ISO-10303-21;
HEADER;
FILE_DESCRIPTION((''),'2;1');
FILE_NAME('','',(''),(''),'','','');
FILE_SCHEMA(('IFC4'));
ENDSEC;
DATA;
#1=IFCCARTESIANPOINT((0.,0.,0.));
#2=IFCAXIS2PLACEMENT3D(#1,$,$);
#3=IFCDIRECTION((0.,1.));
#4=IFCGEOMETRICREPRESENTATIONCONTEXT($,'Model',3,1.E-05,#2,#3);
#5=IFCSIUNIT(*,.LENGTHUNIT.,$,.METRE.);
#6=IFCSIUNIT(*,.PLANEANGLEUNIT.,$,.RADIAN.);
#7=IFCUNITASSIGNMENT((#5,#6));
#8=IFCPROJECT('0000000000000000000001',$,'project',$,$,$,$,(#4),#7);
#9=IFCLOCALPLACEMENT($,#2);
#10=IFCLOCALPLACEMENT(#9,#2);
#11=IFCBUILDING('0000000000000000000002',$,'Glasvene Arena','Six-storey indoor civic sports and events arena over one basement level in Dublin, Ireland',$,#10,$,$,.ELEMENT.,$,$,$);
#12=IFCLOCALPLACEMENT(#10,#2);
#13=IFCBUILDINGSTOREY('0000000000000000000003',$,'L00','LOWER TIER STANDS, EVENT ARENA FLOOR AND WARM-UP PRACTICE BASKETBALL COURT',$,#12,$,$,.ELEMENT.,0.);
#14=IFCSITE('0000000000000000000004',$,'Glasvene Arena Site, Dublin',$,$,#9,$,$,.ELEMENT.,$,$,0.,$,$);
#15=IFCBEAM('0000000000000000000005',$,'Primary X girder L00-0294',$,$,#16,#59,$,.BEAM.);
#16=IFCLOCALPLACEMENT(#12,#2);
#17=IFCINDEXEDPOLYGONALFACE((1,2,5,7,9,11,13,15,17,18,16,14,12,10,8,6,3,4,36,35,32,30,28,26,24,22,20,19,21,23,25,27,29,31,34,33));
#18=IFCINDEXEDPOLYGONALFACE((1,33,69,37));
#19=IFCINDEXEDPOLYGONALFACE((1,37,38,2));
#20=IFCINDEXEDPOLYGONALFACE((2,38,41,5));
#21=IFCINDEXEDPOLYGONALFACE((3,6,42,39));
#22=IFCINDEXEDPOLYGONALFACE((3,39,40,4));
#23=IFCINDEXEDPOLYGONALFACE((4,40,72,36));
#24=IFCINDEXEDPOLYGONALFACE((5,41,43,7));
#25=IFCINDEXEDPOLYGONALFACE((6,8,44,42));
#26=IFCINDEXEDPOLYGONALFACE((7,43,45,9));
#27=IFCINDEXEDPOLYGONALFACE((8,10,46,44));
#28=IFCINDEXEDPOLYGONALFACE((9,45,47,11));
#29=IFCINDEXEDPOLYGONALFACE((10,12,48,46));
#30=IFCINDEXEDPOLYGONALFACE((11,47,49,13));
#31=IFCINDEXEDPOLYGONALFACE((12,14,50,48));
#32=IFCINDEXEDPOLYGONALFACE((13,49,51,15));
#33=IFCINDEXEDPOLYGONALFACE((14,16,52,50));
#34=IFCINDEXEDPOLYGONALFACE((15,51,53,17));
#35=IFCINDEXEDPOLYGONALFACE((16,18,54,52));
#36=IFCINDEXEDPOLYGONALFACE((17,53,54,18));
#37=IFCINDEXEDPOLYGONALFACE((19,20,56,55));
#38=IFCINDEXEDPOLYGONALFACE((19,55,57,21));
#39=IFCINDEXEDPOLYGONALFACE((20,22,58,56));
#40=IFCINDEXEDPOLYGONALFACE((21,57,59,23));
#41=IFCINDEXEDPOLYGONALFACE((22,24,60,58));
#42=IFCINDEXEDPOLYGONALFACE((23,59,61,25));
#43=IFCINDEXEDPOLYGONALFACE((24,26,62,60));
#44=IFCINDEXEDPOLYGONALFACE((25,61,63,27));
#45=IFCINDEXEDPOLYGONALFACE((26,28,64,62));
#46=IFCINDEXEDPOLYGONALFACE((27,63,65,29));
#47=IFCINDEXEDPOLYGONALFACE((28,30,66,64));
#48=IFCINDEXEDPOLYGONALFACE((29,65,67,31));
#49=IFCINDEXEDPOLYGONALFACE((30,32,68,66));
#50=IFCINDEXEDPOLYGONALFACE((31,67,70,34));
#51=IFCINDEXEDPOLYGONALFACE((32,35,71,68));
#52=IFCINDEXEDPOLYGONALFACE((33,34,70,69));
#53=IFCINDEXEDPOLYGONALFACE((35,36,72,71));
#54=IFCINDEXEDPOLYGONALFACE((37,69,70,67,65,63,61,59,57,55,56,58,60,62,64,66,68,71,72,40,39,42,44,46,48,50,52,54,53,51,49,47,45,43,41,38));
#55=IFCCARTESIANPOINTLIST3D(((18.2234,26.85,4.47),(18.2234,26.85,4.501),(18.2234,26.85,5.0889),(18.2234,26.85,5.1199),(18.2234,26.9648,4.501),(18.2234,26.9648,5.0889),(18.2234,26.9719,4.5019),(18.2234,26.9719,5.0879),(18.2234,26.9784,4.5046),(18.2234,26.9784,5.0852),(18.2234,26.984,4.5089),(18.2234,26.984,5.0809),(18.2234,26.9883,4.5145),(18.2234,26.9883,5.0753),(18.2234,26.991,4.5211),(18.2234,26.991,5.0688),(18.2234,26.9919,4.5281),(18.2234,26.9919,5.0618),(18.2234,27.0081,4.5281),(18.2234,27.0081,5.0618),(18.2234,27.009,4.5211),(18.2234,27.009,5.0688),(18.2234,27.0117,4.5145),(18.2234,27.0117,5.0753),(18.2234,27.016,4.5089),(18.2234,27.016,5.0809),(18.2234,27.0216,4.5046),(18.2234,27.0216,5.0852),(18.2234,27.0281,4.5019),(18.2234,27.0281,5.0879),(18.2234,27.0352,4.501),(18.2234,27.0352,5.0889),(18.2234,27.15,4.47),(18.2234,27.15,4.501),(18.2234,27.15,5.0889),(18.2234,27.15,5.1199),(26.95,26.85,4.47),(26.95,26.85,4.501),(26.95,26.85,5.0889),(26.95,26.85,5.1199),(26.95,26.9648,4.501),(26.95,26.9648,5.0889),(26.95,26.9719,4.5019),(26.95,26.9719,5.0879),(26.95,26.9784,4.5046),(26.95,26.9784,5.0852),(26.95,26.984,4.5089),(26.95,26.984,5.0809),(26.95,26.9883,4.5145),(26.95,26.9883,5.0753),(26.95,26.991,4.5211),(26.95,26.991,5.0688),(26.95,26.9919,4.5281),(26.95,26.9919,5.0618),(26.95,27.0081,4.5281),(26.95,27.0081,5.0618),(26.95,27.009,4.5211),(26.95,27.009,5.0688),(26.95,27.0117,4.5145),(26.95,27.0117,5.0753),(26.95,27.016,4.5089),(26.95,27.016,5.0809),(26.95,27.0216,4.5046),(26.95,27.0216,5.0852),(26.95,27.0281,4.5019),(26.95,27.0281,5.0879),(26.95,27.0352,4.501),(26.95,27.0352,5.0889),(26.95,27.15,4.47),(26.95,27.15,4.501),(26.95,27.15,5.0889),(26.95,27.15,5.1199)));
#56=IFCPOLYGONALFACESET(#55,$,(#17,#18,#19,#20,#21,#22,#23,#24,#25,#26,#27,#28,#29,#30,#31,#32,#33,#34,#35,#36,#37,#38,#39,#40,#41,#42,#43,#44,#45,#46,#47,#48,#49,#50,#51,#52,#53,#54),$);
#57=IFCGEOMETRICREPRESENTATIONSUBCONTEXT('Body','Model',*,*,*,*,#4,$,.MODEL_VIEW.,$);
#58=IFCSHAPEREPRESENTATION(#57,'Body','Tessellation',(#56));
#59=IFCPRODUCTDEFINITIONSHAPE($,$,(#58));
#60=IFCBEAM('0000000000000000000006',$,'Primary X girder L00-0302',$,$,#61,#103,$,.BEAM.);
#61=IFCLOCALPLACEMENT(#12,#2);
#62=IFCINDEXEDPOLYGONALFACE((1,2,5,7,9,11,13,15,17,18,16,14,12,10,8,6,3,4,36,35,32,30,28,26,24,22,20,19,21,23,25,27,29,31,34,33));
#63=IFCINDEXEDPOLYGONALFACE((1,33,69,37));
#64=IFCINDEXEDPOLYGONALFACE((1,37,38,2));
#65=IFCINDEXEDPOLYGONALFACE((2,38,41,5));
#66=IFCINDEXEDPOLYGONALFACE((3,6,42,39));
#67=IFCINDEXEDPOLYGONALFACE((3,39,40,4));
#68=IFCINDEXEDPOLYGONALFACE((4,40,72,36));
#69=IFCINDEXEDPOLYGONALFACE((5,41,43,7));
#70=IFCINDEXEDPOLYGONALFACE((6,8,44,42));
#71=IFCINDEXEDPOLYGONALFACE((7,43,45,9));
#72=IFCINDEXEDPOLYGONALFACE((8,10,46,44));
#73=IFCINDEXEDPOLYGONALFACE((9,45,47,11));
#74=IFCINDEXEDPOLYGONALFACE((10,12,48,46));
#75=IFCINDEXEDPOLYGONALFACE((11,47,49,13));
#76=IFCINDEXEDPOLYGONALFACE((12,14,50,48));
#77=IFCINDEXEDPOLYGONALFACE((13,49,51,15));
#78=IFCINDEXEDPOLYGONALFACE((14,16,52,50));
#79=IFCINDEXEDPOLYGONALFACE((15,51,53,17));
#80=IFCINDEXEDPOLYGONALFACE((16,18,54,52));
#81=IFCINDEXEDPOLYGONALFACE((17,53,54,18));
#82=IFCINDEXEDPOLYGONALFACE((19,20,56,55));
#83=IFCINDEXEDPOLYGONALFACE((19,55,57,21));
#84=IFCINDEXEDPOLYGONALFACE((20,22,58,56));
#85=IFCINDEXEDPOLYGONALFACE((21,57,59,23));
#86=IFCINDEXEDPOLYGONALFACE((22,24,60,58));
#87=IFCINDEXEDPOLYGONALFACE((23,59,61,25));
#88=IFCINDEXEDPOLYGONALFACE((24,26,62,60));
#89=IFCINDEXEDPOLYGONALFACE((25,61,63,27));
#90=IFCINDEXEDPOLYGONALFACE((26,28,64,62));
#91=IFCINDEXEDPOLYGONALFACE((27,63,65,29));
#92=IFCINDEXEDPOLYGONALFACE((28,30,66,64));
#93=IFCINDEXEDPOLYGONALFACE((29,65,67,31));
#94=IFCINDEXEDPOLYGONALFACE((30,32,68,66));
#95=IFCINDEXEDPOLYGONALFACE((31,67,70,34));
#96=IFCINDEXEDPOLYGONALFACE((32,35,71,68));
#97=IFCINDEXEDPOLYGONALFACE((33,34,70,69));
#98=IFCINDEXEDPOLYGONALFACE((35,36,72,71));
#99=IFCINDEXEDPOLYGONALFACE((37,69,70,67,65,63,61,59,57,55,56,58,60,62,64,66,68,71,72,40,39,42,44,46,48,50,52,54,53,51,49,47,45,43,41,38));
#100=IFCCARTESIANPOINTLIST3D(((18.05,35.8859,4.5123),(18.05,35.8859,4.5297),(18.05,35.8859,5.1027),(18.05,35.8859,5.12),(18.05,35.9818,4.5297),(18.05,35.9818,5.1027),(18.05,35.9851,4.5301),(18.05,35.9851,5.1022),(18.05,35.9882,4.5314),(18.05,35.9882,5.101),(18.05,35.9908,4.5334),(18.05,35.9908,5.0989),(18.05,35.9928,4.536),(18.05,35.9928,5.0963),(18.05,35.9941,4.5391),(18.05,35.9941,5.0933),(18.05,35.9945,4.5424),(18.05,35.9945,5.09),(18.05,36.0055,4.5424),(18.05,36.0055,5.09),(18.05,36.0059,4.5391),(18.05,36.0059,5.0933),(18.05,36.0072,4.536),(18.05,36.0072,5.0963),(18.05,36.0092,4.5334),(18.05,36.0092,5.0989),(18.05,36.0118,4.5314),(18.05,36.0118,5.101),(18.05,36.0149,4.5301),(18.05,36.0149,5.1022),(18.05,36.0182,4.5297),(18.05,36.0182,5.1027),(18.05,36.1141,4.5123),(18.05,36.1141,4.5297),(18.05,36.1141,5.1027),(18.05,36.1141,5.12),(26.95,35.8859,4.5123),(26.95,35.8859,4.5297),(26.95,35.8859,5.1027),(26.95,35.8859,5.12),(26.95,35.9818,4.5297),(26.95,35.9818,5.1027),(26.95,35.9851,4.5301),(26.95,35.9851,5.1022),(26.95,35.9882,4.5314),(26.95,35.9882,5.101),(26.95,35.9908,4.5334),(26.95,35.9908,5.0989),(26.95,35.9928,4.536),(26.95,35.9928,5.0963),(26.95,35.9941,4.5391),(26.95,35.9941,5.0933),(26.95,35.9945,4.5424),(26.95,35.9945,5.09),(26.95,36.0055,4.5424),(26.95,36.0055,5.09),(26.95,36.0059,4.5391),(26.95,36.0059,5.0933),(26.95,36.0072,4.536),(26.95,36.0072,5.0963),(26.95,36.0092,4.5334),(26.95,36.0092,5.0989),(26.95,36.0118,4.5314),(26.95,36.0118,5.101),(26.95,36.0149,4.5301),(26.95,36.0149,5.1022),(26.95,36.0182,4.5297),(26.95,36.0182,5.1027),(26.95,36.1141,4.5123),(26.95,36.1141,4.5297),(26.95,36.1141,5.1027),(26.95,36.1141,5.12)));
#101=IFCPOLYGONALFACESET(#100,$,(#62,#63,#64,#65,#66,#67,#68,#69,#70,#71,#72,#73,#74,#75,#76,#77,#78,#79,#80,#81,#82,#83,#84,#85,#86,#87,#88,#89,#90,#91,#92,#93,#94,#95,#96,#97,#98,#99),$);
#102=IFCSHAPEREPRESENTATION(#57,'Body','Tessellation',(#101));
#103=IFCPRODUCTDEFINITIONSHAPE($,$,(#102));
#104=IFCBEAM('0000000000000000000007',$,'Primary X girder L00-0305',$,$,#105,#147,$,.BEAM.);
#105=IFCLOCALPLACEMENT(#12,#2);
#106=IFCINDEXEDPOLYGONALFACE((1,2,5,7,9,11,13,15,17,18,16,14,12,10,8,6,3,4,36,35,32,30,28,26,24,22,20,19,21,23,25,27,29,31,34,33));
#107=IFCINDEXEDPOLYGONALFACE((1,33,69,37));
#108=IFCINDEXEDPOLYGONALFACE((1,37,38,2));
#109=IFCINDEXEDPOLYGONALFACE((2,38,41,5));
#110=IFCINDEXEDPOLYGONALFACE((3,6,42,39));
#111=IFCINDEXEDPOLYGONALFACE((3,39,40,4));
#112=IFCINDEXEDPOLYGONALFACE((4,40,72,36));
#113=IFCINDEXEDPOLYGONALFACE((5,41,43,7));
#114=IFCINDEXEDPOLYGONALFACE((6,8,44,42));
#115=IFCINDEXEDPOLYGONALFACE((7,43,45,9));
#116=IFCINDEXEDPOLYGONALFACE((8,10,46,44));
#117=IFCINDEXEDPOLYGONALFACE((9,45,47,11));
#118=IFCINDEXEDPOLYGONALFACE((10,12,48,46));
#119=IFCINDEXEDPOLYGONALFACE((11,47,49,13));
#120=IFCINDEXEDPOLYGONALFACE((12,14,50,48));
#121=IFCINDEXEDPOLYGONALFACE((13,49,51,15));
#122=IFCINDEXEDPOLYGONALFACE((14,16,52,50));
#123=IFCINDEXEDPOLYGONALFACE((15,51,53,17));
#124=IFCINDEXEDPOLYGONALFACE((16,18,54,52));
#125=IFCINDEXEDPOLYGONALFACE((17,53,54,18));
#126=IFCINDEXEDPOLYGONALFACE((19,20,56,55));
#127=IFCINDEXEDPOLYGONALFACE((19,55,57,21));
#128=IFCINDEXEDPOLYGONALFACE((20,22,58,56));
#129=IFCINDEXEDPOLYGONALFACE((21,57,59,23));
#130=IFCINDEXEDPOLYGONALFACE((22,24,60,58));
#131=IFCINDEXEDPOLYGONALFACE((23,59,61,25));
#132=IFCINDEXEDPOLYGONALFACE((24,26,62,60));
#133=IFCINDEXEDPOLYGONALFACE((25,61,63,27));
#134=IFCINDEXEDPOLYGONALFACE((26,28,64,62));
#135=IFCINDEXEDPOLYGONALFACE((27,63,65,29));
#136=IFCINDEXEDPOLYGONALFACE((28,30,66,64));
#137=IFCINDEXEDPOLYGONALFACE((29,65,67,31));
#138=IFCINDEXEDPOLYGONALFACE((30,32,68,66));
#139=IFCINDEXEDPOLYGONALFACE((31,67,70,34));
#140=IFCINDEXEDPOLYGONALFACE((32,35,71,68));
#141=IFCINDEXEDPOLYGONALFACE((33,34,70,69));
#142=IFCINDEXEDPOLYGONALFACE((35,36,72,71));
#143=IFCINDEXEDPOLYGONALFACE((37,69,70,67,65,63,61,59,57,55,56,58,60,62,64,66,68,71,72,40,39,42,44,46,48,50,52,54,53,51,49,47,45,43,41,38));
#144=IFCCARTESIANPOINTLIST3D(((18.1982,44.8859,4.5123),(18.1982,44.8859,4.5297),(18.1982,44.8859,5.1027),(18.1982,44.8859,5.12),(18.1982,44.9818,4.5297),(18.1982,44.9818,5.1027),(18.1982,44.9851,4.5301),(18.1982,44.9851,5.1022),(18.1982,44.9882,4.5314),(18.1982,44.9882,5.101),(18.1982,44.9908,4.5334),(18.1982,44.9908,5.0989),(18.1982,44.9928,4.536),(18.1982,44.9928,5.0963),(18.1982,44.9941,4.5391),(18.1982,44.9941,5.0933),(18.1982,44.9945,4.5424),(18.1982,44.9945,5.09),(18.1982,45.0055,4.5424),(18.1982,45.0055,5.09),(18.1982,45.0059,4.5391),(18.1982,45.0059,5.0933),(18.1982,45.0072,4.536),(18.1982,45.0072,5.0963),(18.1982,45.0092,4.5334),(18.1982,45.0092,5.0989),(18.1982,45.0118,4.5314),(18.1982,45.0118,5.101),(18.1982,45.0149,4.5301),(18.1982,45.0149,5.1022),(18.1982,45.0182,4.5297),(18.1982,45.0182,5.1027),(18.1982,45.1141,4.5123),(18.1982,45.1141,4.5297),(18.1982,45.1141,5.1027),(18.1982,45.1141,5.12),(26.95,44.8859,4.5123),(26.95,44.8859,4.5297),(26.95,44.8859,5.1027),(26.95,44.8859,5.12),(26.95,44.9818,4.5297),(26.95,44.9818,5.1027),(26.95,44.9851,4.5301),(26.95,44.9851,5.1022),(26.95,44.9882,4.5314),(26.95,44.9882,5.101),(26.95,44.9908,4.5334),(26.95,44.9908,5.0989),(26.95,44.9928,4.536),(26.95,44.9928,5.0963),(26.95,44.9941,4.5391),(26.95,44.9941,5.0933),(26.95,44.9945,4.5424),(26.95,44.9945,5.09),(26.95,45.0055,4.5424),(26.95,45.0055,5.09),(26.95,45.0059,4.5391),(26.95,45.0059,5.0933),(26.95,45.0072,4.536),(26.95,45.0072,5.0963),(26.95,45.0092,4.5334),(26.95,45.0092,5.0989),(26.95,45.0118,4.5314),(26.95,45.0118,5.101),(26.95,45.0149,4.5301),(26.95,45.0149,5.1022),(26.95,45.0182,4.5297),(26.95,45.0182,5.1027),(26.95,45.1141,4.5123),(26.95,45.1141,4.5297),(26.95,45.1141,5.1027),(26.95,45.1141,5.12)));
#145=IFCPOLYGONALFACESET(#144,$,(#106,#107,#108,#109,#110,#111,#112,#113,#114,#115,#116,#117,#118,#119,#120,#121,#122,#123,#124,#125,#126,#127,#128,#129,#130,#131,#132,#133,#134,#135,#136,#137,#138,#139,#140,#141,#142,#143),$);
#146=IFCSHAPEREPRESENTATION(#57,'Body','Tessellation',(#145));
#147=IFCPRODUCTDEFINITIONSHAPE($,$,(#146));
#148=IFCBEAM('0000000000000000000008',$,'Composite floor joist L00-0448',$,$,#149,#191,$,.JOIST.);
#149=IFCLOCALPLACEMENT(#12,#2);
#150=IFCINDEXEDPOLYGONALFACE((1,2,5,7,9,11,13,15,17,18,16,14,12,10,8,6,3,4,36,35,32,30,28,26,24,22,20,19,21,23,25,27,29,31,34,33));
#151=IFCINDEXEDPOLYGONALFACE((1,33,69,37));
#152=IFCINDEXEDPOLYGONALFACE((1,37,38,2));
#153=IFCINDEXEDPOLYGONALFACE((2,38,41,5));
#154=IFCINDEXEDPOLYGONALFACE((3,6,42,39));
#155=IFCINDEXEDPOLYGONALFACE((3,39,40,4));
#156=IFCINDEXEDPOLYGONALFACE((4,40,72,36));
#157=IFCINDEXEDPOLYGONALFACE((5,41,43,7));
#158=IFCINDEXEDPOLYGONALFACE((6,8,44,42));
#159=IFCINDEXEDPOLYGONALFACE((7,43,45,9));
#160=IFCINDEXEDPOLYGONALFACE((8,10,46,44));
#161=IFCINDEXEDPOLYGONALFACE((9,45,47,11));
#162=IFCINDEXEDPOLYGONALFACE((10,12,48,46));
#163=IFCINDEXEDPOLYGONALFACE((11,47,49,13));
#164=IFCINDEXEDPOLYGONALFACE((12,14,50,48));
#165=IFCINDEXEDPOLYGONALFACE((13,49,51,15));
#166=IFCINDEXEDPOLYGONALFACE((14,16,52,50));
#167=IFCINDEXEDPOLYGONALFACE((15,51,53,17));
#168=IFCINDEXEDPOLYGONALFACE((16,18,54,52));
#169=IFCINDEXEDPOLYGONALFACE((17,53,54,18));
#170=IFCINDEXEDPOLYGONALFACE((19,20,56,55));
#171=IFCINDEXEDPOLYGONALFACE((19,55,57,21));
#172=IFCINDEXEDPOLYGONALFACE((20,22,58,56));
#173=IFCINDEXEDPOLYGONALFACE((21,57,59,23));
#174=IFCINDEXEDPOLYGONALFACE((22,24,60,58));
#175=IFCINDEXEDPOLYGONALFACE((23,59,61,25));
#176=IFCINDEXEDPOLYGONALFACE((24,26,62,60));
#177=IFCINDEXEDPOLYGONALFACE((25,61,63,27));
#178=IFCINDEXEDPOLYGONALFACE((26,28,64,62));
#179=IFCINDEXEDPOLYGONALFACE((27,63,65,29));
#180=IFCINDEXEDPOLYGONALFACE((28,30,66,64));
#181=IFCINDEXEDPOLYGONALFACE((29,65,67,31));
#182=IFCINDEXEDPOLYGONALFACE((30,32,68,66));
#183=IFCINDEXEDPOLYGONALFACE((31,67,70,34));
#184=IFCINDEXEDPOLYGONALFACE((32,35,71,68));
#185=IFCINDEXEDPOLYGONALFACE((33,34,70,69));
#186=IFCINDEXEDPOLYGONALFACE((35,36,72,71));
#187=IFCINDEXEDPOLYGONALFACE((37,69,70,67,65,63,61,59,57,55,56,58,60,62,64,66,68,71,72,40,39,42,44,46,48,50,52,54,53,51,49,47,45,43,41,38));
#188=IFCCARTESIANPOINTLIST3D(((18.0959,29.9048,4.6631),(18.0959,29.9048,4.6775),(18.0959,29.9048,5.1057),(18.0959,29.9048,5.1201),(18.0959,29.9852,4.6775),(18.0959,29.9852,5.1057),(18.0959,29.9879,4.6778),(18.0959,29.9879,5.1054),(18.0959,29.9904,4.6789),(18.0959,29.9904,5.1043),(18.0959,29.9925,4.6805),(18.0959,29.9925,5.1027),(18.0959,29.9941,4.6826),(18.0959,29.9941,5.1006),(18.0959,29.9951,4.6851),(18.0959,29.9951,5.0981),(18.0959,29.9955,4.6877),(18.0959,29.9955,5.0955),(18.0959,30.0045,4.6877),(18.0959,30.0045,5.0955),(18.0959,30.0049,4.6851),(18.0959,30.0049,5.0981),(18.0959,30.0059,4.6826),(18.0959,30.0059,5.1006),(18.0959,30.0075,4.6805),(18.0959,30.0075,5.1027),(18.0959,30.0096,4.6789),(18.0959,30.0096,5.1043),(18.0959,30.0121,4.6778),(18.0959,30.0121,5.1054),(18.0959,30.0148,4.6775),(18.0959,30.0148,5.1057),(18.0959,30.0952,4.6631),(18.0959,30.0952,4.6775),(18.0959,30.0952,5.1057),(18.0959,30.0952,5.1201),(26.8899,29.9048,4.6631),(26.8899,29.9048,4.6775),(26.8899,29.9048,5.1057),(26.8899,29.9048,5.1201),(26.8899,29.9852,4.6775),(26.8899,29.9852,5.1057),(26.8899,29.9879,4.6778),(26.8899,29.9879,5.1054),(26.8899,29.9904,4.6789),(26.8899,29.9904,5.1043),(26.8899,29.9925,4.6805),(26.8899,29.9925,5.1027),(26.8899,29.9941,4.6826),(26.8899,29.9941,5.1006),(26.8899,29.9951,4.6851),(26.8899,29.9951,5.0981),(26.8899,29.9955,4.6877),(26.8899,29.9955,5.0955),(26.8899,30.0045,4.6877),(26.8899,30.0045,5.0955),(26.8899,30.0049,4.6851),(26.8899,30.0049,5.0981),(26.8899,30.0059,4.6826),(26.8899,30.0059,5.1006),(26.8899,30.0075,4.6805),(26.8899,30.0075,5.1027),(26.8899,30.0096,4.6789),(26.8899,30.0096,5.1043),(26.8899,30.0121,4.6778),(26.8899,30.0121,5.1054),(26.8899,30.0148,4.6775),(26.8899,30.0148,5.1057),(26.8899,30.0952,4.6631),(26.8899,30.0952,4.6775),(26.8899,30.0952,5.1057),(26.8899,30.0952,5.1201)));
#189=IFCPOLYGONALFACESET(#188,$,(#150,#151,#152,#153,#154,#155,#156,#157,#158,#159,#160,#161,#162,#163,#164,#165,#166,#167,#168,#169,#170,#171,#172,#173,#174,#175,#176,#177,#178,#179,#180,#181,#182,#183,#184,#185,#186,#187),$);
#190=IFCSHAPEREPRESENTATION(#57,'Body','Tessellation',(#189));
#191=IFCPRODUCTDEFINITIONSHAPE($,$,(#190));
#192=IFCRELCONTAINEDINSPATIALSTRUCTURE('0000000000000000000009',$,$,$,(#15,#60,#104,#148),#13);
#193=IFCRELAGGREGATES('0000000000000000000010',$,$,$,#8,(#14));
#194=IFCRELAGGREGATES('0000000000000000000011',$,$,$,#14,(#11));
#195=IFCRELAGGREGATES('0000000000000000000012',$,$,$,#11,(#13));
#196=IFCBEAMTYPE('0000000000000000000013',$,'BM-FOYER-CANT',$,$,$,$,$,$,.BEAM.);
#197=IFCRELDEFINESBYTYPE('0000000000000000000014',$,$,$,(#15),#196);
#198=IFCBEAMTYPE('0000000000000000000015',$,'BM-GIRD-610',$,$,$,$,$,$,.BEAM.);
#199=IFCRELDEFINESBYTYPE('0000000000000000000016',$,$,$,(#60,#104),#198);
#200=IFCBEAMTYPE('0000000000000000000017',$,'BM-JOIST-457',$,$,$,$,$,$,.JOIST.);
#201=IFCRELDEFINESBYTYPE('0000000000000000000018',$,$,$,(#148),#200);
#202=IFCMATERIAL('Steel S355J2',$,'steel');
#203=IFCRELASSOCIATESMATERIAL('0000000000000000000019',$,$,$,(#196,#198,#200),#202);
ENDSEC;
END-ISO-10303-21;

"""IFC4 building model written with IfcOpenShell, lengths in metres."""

from ifc_helpers import new_model, si_unit, direction, frame, origin, origin_2d, place, context, subcontext, project, spatial, i_section, extrude, material, material_profile, profile_set, type_object, element, save


model = new_model("IFC4")

# Units and contexts
model_context = context("Model", 3, precision=1e-05, world=origin(), true_north=direction((0.0, 1.0)))
body_context = subcontext(model_context, "Body", "Model", "MODEL_VIEW")
ifc_project = project(units=[si_unit("LENGTHUNIT", "METRE"), si_unit("PLANEANGLEUNIT", "RADIAN")], contexts=[model_context])

# Site, building, storey
site_placement = place(None, origin())
site = spatial("IfcSite", under=ifc_project, at=site_placement, Name="Glasvene Arena Site, Dublin", CompositionType="ELEMENT", RefElevation=0.0)
building_placement = place(site_placement, origin())
building = spatial("IfcBuilding", under=site, at=building_placement, Name="Glasvene Arena", Description="Six-storey indoor civic sports and events arena over one basement level in Dublin, Ireland", CompositionType="ELEMENT")
storey_placement = place(building_placement, origin())
storey = spatial("IfcBuildingStorey", under=building, at=storey_placement, Name="L00", Description="LOWER TIER STANDS, EVENT ARENA FLOOR AND WARM-UP PRACTICE BASKETBALL COURT", CompositionType="ELEMENT", Elevation=0.0)

# Shared definitions
ifc_material_1 = material(Name="Steel S355J2", Category="steel")

# Beams
ifc_material_profile_1 = material_profile(ifc_material_1, i_section(OverallWidth=0.3, OverallDepth=0.6499, WebThickness=0.0161, FlangeThickness=0.031, FilletRadius=0.0271, at=origin_2d()), Name="HEB 650")
ifc_profile_set_1 = profile_set([ifc_material_profile_1], Name="Steel S355J2")
beam_type_1 = type_object("IfcBeamType", Name="BM-FOYER-CANT", PredefinedType="BEAM", material=ifc_profile_set_1)
beam_1_placement = place(storey_placement, frame((18.2234, 27.0, 4.7949), z_axis=(1.0, 0.0, 0.0), x_axis=(0.0, 1.0, 0.0)))
element("IfcBeam", 1, at=beam_1_placement, inside=storey, type_object=beam_type_1, Name="Primary X girder L00-0294", PredefinedType="BEAM", context=body_context, shape_type="SweptSolid", body=[
    extrude(i_section(OverallWidth=0.3, OverallDepth=0.6499, WebThickness=0.0161, FlangeThickness=0.031, FilletRadius=0.0271, at=origin_2d()), origin(), (0.0, 0.0, 1.0), 8.7266),
])
ifc_material_profile_2 = material_profile(ifc_material_1, i_section(OverallWidth=0.2283, OverallDepth=0.6077, WebThickness=0.011, FlangeThickness=0.0173, FilletRadius=0.0127, at=origin_2d()), Name="UKB 610x229x113")
ifc_profile_set_2 = profile_set([ifc_material_profile_2], Name="Steel S355J2")
beam_type_2 = type_object("IfcBeamType", Name="BM-GIRD-610", PredefinedType="BEAM", material=ifc_profile_set_2)
beam_2_placement = place(storey_placement, frame((18.05, 36.0, 4.8162), z_axis=(1.0, 0.0, 0.0), x_axis=(0.0, 1.0, 0.0)))
element("IfcBeam", 2, at=beam_2_placement, inside=storey, type_object=beam_type_2, Name="Primary X girder L00-0302", PredefinedType="BEAM", context=body_context, shape_type="SweptSolid", body=[
    extrude(i_section(OverallWidth=0.2283, OverallDepth=0.6077, WebThickness=0.011, FlangeThickness=0.0173, FilletRadius=0.0127, at=origin_2d()), origin(), (0.0, 0.0, 1.0), 8.8999),
])
beam_3_placement = place(storey_placement, frame((18.1982, 45.0, 4.8162), z_axis=(1.0, 0.0, 0.0), x_axis=(0.0, 1.0, 0.0)))
element("IfcBeam", 3, at=beam_3_placement, inside=storey, type_object=beam_type_2, Name="Primary X girder L00-0305", PredefinedType="BEAM", context=body_context, shape_type="SweptSolid", body=[
    extrude(i_section(OverallWidth=0.2283, OverallDepth=0.6077, WebThickness=0.011, FlangeThickness=0.0173, FilletRadius=0.0127, at=origin_2d()), origin(), (0.0, 0.0, 1.0), 8.7517),
])
ifc_material_profile_3 = material_profile(ifc_material_1, i_section(OverallWidth=0.1904, OverallDepth=0.457, WebThickness=0.009, FlangeThickness=0.0144, FilletRadius=0.0103, at=origin_2d()), Name="UKB 457x191x74")
ifc_profile_set_3 = profile_set([ifc_material_profile_3], Name="Steel S355J2")
beam_type_3 = type_object("IfcBeamType", Name="BM-JOIST-457", PredefinedType="JOIST", material=ifc_profile_set_3)
for number, where, z_axis, x_axis, name in (
    (4, (18.0959, 30.0, 4.8916), (1.0, 0.0, 0.0), (0.0, 1.0, 0.0), "Composite floor joist L00-0448"),
):
    element("IfcBeam", number, at=place(storey_placement, frame(where, z_axis=z_axis, x_axis=x_axis)), inside=storey, type_object=beam_type_3, Name=name, PredefinedType="JOIST", context=body_context, shape_type="SweptSolid", body=[
        extrude(i_section(OverallWidth=0.1904, OverallDepth=0.457, WebThickness=0.009, FlangeThickness=0.0144, FilletRadius=0.0103, at=origin_2d()), origin(), (0.0, 0.0, 1.0), 8.7939),
    ])

save(model, "model.ifc")
